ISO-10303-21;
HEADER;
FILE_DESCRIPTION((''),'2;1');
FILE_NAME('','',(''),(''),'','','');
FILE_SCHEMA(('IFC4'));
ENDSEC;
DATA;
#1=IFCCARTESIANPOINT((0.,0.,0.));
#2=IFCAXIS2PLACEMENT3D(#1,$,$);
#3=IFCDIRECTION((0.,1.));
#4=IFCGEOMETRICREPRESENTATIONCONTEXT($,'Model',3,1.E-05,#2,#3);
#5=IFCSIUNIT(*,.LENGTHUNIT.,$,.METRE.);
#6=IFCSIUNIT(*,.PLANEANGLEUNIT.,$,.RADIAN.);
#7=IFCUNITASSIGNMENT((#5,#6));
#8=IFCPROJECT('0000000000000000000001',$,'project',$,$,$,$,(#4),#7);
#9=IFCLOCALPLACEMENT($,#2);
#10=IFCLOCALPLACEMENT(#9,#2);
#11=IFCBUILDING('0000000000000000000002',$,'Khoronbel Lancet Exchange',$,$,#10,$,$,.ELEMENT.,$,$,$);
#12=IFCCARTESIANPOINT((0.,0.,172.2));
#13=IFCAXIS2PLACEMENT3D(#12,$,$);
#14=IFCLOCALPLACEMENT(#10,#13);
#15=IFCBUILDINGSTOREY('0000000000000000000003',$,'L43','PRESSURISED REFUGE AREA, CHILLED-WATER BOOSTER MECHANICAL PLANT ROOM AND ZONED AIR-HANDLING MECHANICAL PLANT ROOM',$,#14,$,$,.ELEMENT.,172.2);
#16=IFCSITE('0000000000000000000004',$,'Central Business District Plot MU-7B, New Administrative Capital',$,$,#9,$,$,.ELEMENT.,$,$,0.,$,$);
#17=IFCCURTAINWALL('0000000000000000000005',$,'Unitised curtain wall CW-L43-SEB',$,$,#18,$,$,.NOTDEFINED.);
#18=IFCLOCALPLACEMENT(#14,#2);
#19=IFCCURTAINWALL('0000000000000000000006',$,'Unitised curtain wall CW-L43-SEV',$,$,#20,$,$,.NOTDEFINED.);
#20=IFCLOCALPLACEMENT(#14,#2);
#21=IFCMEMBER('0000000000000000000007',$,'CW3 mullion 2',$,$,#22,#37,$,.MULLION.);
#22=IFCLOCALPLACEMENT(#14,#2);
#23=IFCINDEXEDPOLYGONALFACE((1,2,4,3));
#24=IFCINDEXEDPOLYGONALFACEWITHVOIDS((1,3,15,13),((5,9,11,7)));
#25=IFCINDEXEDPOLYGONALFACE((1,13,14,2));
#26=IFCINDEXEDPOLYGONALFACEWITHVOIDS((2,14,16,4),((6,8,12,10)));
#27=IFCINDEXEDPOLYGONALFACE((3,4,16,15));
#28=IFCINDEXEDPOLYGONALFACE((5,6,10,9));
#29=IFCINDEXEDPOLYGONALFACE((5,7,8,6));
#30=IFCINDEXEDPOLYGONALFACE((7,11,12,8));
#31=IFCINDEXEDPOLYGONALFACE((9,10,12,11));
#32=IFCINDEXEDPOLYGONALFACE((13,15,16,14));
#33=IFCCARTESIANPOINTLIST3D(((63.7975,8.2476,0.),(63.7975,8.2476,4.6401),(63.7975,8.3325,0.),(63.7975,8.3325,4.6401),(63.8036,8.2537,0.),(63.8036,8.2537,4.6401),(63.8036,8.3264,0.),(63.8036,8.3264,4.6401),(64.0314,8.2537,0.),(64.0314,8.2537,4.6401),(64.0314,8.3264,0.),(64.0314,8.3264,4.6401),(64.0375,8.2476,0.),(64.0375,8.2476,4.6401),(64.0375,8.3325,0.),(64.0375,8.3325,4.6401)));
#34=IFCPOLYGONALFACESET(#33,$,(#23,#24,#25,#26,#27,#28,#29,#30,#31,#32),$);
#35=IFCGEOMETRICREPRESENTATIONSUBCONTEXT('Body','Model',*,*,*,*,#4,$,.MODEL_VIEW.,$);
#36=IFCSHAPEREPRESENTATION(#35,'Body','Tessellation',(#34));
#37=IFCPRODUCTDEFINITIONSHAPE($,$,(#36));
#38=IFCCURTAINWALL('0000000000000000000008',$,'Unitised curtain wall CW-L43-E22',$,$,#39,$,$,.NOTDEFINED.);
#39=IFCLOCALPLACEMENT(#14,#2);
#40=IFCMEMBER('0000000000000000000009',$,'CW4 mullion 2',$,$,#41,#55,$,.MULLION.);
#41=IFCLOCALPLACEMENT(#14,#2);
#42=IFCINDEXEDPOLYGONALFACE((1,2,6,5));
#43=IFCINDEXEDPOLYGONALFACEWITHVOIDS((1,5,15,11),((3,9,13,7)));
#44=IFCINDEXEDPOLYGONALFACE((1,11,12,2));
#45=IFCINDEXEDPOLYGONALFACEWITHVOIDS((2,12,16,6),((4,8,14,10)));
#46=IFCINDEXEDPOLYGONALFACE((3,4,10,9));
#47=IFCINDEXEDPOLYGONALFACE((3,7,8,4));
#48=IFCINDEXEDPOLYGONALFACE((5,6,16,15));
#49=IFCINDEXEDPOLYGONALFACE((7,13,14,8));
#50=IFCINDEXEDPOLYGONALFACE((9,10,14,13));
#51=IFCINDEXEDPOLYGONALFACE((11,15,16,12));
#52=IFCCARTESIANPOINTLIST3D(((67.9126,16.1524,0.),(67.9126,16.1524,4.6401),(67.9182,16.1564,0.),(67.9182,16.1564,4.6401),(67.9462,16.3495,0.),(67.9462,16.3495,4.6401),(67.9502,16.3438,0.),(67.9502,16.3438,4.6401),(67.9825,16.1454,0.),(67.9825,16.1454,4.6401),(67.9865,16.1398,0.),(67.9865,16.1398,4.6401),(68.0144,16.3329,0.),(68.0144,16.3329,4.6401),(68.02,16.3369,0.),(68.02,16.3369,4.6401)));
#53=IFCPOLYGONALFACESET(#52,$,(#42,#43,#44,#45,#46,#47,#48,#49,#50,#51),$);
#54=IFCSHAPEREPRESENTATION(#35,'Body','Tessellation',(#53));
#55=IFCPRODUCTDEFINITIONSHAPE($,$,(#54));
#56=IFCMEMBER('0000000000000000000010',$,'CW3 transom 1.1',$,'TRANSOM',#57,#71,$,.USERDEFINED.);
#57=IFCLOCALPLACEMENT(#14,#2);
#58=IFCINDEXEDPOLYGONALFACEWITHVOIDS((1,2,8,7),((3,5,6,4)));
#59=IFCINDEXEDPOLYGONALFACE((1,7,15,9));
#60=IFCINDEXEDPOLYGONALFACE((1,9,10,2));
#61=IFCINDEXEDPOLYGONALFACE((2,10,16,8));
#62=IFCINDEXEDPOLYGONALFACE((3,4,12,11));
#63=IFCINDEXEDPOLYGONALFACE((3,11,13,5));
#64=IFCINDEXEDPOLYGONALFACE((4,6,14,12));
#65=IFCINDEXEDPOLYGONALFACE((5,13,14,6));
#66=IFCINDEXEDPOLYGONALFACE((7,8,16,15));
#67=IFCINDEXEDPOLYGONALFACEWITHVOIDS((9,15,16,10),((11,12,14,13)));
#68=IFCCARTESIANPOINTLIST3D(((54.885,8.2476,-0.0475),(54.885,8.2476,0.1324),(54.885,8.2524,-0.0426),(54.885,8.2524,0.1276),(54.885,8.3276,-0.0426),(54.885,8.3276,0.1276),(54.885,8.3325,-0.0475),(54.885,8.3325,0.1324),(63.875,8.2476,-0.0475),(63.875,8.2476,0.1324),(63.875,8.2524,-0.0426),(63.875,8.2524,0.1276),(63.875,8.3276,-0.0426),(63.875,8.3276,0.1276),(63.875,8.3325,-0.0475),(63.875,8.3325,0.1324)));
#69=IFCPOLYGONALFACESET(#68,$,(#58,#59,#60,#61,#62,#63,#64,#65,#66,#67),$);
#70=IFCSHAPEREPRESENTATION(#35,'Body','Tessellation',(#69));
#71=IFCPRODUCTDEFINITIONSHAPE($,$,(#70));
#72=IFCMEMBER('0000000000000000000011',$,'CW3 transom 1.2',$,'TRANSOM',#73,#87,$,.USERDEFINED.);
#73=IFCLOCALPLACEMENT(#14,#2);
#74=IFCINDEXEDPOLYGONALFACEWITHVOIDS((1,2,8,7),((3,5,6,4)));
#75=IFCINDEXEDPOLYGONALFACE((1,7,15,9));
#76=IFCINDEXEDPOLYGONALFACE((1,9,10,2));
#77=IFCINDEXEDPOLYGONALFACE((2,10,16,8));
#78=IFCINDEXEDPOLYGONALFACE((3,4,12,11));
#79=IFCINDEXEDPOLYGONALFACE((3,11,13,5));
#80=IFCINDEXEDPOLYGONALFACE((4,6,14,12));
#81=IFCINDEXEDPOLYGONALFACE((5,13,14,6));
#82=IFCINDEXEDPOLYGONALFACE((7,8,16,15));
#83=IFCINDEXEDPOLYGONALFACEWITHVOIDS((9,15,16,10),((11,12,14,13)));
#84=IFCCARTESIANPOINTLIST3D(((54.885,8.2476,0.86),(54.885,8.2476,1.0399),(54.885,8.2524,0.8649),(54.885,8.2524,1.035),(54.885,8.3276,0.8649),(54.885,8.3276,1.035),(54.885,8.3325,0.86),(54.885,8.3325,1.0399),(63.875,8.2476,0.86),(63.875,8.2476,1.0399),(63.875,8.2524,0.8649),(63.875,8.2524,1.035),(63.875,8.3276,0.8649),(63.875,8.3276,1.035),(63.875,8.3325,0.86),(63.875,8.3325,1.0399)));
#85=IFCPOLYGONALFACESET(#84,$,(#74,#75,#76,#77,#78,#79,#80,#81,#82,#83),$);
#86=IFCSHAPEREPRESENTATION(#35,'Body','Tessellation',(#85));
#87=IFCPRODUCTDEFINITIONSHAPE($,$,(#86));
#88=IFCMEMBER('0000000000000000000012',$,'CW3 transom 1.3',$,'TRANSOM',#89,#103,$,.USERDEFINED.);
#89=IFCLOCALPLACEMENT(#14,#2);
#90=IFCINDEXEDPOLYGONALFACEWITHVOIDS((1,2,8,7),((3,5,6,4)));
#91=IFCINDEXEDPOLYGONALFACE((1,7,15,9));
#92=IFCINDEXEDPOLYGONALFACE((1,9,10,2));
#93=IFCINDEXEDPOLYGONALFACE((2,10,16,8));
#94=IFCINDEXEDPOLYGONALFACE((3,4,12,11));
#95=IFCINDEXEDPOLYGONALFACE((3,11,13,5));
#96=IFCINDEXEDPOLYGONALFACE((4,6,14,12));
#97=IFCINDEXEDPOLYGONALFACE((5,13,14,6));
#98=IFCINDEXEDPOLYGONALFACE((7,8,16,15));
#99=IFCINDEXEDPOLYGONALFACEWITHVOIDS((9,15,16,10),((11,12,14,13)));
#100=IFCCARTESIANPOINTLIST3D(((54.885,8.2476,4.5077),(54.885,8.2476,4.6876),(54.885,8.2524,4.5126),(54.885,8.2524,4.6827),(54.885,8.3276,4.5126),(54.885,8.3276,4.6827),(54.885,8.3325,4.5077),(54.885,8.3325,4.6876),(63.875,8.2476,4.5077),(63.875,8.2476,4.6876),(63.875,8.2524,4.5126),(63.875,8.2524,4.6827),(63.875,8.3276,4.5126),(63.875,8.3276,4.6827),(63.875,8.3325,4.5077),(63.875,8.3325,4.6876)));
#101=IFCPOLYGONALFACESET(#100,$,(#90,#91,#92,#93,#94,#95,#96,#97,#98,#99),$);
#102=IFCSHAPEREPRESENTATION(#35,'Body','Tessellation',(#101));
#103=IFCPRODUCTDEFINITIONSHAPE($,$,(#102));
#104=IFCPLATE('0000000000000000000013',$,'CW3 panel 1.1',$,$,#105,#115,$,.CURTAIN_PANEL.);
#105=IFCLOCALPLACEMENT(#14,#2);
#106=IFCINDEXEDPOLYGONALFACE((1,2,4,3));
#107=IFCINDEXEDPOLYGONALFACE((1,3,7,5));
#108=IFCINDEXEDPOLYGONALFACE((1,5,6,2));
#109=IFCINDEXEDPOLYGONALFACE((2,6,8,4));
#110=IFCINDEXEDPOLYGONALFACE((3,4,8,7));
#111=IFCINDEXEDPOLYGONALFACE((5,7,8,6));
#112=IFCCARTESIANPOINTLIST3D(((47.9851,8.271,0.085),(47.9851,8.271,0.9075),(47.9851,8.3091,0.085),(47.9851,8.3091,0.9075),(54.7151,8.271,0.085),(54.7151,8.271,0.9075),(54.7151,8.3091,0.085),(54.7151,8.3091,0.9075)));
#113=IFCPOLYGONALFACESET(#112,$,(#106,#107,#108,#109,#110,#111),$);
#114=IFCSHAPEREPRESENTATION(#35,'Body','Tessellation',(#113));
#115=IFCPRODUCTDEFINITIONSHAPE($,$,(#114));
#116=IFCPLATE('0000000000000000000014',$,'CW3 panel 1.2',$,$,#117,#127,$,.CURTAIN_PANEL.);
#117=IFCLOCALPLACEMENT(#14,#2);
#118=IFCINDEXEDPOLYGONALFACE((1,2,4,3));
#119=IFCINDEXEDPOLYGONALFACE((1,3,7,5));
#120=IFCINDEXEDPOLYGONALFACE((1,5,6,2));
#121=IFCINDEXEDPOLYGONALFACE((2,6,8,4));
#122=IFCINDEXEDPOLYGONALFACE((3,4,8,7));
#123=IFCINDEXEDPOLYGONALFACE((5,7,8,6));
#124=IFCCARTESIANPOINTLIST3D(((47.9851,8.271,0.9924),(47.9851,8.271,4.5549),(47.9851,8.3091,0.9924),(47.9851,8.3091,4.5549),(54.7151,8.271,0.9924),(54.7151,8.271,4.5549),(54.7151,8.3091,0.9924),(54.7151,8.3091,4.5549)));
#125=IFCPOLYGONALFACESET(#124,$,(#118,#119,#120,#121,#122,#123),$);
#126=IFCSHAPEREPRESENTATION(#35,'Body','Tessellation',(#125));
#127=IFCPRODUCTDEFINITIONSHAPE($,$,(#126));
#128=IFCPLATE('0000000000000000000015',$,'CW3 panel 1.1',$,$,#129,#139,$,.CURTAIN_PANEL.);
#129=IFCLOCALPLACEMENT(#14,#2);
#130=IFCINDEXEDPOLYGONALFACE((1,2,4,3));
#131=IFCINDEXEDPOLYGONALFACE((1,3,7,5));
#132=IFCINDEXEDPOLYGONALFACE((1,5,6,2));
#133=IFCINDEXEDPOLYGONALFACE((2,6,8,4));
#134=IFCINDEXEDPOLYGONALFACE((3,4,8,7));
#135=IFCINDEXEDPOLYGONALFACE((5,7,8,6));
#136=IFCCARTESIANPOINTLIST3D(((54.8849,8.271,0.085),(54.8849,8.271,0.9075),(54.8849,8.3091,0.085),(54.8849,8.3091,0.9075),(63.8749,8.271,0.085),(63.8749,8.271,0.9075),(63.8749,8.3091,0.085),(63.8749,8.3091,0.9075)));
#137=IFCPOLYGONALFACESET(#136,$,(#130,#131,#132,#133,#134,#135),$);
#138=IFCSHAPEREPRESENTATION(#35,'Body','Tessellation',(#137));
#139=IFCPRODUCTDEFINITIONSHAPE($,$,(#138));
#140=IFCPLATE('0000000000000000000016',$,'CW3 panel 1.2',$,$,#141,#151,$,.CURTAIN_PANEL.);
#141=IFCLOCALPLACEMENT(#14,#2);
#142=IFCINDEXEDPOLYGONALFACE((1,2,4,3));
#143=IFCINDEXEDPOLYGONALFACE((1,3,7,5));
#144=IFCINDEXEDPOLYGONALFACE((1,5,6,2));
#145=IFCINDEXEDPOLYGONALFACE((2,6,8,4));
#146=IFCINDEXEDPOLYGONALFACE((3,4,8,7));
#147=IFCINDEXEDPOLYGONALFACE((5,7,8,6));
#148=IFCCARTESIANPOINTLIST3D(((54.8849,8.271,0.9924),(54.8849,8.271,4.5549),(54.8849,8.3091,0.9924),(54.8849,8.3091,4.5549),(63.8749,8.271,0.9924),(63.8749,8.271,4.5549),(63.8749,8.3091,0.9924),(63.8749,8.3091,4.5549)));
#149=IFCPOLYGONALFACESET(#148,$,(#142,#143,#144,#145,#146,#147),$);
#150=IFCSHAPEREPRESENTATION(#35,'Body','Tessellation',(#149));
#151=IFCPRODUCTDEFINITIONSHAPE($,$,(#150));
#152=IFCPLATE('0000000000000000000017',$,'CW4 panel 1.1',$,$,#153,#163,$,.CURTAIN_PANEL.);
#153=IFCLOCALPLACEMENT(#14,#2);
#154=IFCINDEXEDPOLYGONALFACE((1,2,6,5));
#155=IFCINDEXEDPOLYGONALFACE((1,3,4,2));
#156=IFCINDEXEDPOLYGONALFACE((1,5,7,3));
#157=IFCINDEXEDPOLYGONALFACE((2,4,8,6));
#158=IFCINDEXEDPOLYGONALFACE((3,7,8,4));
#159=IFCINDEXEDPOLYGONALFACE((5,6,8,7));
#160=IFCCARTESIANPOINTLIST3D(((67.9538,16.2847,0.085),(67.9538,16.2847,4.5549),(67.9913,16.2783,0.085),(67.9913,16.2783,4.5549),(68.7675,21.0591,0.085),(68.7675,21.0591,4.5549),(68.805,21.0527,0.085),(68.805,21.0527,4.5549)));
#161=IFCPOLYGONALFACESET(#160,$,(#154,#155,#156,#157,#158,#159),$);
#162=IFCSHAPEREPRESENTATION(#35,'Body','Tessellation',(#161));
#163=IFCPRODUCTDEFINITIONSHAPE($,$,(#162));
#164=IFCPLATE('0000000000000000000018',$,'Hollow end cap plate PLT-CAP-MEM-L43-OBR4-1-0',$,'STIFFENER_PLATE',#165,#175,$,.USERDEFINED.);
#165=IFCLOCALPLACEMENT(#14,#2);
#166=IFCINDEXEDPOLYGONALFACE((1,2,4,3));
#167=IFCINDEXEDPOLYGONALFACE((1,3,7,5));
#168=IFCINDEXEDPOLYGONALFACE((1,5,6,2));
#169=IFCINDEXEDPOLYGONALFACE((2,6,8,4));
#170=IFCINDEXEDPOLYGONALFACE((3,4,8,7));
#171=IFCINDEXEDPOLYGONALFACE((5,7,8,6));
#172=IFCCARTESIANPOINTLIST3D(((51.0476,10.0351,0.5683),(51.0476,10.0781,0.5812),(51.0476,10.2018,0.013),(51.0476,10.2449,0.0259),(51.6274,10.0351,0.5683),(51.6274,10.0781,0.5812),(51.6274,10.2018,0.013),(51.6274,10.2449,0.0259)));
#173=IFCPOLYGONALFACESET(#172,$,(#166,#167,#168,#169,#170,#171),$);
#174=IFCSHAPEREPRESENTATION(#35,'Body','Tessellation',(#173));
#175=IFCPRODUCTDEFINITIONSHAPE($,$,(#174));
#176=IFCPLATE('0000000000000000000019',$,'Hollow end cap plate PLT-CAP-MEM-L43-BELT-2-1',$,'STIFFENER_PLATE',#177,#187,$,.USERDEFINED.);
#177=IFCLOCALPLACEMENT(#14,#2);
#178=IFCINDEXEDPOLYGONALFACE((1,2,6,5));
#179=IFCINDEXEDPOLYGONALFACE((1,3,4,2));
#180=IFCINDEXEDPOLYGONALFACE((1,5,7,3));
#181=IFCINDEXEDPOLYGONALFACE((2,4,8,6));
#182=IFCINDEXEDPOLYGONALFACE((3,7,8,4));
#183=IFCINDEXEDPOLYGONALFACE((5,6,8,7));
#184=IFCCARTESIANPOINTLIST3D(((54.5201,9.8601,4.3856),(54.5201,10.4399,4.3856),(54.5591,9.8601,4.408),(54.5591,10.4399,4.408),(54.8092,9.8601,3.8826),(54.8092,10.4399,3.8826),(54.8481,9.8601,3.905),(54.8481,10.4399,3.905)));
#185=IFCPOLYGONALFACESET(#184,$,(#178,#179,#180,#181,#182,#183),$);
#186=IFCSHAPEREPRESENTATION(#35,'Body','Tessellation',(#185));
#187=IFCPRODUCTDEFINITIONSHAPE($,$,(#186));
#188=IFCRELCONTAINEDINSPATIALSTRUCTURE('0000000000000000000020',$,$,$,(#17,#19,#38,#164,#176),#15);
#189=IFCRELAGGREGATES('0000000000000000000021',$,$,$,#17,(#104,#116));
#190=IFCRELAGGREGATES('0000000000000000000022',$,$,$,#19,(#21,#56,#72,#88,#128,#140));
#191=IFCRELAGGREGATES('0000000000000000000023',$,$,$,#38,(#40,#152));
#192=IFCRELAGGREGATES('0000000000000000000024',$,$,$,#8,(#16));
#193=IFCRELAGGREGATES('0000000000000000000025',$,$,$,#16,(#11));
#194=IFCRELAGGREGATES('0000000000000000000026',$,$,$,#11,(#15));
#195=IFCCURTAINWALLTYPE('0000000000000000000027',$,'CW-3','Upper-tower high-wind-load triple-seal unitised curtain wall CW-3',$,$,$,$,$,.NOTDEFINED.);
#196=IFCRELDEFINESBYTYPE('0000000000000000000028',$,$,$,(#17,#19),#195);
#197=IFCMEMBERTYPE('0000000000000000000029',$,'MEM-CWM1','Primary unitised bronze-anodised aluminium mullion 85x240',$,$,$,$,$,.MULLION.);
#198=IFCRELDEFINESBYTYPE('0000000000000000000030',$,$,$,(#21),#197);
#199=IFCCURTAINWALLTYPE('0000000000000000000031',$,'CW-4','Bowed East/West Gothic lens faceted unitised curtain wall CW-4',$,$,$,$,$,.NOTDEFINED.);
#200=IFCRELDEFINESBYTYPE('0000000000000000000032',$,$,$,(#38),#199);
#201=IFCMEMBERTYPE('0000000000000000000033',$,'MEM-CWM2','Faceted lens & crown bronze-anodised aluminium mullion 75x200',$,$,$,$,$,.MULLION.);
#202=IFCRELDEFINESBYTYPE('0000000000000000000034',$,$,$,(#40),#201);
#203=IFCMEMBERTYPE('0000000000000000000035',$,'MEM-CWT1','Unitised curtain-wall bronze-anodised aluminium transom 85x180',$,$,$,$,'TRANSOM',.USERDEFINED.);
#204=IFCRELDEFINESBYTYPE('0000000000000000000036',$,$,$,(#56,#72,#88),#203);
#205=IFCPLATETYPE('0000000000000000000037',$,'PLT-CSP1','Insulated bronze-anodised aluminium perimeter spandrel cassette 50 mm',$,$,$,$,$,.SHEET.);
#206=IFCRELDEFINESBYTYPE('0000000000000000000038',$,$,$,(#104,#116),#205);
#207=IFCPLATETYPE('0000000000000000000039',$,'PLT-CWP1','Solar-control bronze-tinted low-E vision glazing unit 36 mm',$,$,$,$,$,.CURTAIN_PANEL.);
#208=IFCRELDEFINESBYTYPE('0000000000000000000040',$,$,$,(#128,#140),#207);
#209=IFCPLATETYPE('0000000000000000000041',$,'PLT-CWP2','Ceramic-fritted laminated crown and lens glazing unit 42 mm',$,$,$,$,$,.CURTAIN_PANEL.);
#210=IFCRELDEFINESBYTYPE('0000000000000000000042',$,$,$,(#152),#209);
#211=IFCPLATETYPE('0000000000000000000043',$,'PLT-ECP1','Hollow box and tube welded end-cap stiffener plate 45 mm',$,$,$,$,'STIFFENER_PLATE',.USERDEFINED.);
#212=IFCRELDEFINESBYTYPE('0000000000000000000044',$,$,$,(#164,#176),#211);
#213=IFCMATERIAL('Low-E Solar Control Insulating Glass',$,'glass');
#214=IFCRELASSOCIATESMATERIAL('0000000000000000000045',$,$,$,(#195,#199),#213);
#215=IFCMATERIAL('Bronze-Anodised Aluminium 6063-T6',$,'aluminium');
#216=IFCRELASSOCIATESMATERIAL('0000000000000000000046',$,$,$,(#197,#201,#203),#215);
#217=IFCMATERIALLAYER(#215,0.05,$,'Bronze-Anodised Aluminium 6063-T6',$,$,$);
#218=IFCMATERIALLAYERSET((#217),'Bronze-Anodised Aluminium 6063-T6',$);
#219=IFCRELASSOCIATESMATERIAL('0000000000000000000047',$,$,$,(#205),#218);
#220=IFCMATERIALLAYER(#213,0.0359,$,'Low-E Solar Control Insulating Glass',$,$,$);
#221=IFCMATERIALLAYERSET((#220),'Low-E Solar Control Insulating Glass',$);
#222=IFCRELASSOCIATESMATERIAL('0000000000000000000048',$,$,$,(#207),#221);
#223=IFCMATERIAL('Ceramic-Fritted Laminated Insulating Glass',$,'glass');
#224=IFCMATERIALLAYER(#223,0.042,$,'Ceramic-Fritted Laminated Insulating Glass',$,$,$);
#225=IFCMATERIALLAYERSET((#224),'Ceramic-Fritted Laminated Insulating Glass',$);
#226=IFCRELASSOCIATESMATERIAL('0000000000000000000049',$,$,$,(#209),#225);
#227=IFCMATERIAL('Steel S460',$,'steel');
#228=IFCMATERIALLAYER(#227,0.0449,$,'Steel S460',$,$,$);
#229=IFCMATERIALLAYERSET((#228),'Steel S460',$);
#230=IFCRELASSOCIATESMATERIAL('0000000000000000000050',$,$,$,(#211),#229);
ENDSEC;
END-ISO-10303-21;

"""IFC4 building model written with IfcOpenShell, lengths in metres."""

from ifc_helpers import new_model, si_unit, direction, frame, origin, origin_2d, place, context, subcontext, project, spatial, polyline, rectangle, hollow_rectangle, outline, extrude, material, layer, layer_set, material_profile, profile_set, type_object, element, aggregate, save


model = new_model("IFC4")

# Units and contexts
model_context = context("Model", 3, precision=1e-05, world=origin(), true_north=direction((0.0, 1.0)))
body_context = subcontext(model_context, "Body", "Model", "MODEL_VIEW")
ifc_project = project(units=[si_unit("LENGTHUNIT", "METRE"), si_unit("PLANEANGLEUNIT", "RADIAN")], contexts=[model_context])

# Site, building, storey
site_placement = place(None, origin())
site = spatial("IfcSite", under=ifc_project, at=site_placement, Name="Central Business District Plot MU-7B, New Administrative Capital", CompositionType="ELEMENT", RefElevation=0.0)
building_placement = place(site_placement, origin())
building = spatial("IfcBuilding", under=site, at=building_placement, Name="Khoronbel Lancet Exchange", CompositionType="ELEMENT")
storey_placement = place(building_placement, frame((0.0, 0.0, 172.2)))
storey = spatial("IfcBuildingStorey", under=building, at=storey_placement, Name="L43", Description="PRESSURISED REFUGE AREA, CHILLED-WATER BOOSTER MECHANICAL PLANT ROOM AND ZONED AIR-HANDLING MECHANICAL PLANT ROOM", CompositionType="ELEMENT", Elevation=172.2)

# Shared definitions
ifc_material_1 = material(Name="Steel S460", Category="steel")

# Curtain wall
ifc_material_2 = material(Name="Low-E Solar Control Insulating Glass", Category="glass")
curtain_wall_type_1 = type_object("IfcCurtainWallType", Name="CW-3", Description="Upper-tower high-wind-load triple-seal unitised curtain wall CW-3", PredefinedType="NOTDEFINED", material=ifc_material_2)
curtain_wall_1_placement = place(storey_placement, origin())
curtain_wall_1 = element("IfcCurtainWall", 1, at=curtain_wall_1_placement, inside=storey, type_object=curtain_wall_type_1, Name="Unitised curtain wall CW-L43-SEB", PredefinedType="NOTDEFINED")
ifc_material_3 = material(Name="Bronze-Anodised Aluminium 6063-T6", Category="aluminium")
ifc_material_profile_1 = material_profile(ifc_material_3, hollow_rectangle(XDim=0.085, YDim=0.24, WallThickness=0.0061, at=origin_2d()), Name="ALU MULLION 85x240")
ifc_profile_set_1 = profile_set([ifc_material_profile_1], Name="Bronze-Anodised Aluminium 6063-T6")
member_type_1 = type_object("IfcMemberType", Name="MEM-CWM1", Description="Primary unitised bronze-anodised aluminium mullion 85x240", PredefinedType="MULLION", material=ifc_profile_set_1)

# Curtain wall, member
curtain_wall_2_placement = place(storey_placement, origin())
curtain_wall_2 = element("IfcCurtainWall", 2, at=curtain_wall_2_placement, inside=storey, type_object=curtain_wall_type_1, Name="Unitised curtain wall CW-L43-SEV", PredefinedType="NOTDEFINED")
member_1_placement = place(storey_placement, frame((63.9175, 8.29, 0.0), z_axis=(0.0, 0.0, 1.0), x_axis=(0.0, 1.0, 0.0)))
member_1 = element("IfcMember", 3, at=member_1_placement, type_object=member_type_1, Name="CW3 mullion 2", PredefinedType="MULLION", context=body_context, shape_type="SweptSolid", body=[
    extrude(hollow_rectangle(XDim=0.085, YDim=0.24, WallThickness=0.0061, at=origin_2d()), origin(), (0.0, 0.0, 1.0), 4.6401),
])

# Curtain wall, member
curtain_wall_type_2 = type_object("IfcCurtainWallType", Name="CW-4", Description="Bowed East/West Gothic lens faceted unitised curtain wall CW-4", PredefinedType="NOTDEFINED", material=ifc_material_2)
curtain_wall_3_placement = place(storey_placement, origin())
curtain_wall_3 = element("IfcCurtainWall", 4, at=curtain_wall_3_placement, inside=storey, type_object=curtain_wall_type_2, Name="Unitised curtain wall CW-L43-E22", PredefinedType="NOTDEFINED")
ifc_material_profile_2 = material_profile(ifc_material_3, hollow_rectangle(XDim=0.075, YDim=0.2, WallThickness=0.0049, at=origin_2d()), Name="ALU MULLION 75x200")
ifc_profile_set_2 = profile_set([ifc_material_profile_2], Name="Bronze-Anodised Aluminium 6063-T6")
member_type_2 = type_object("IfcMemberType", Name="MEM-CWM2", Description="Faceted lens & crown bronze-anodised aluminium mullion 75x200", PredefinedType="MULLION", material=ifc_profile_set_2)
member_2_placement = place(storey_placement, frame((67.9663, 16.2446, 0.0), z_axis=(0.0, 0.0, 1.0), x_axis=(0.985785, -0.168009, 0.0)))
member_2 = element("IfcMember", 5, at=member_2_placement, type_object=member_type_2, Name="CW4 mullion 2", PredefinedType="MULLION", context=body_context, shape_type="SweptSolid", body=[
    extrude(hollow_rectangle(XDim=0.075, YDim=0.2, WallThickness=0.0049, at=origin_2d()), origin(), (0.0, 0.0, 1.0), 4.6401),
])

# Members
ifc_material_profile_3 = material_profile(ifc_material_3, hollow_rectangle(XDim=0.085, YDim=0.1799, WallThickness=0.0049, at=origin_2d()), Name="ALU TRANSOM 85x180")
ifc_profile_set_3 = profile_set([ifc_material_profile_3], Name="Bronze-Anodised Aluminium 6063-T6")
member_type_3 = type_object("IfcMemberType", Name="MEM-CWT1", Description="Unitised curtain-wall bronze-anodised aluminium transom 85x180", ElementType="TRANSOM", PredefinedType="USERDEFINED", material=ifc_profile_set_3)
member_3_placement = place(storey_placement, frame((54.885, 8.29, 0.0425), z_axis=(1.0, 0.0, 0.0), x_axis=(0.0, 1.0, 0.0)))
member_3 = element("IfcMember", 6, at=member_3_placement, type_object=member_type_3, Name="CW3 transom 1.1", ObjectType="TRANSOM", PredefinedType="USERDEFINED", context=body_context, shape_type="SweptSolid", body=[
    extrude(hollow_rectangle(XDim=0.085, YDim=0.1799, WallThickness=0.0049, at=origin_2d()), origin(), (0.0, 0.0, 1.0), 8.99),
])
member_4_placement = place(storey_placement, frame((54.885, 8.29, 0.95), z_axis=(1.0, 0.0, 0.0), x_axis=(0.0, 1.0, 0.0)))
member_4 = element("IfcMember", 7, at=member_4_placement, type_object=member_type_3, Name="CW3 transom 1.2", ObjectType="TRANSOM", PredefinedType="USERDEFINED", context=body_context, shape_type="SweptSolid", body=[
    extrude(hollow_rectangle(XDim=0.085, YDim=0.1799, WallThickness=0.0049, at=origin_2d()), origin(), (0.0, 0.0, 1.0), 8.99),
])
member_5_placement = place(storey_placement, frame((54.885, 8.29, 4.5977), z_axis=(1.0, 0.0, 0.0), x_axis=(0.0, 1.0, 0.0)))
member_5 = element("IfcMember", 8, at=member_5_placement, type_object=member_type_3, Name="CW3 transom 1.3", ObjectType="TRANSOM", PredefinedType="USERDEFINED", context=body_context, shape_type="SweptSolid", body=[
    extrude(hollow_rectangle(XDim=0.085, YDim=0.1799, WallThickness=0.0049, at=origin_2d()), origin(), (0.0, 0.0, 1.0), 8.99),
])

# Plates
ifc_layer_1 = layer(ifc_material_3, 0.05, Name="Bronze-Anodised Aluminium 6063-T6")
ifc_layer_set_1 = layer_set([ifc_layer_1], Name="Bronze-Anodised Aluminium 6063-T6")
plate_type_1 = type_object("IfcPlateType", Name="PLT-CSP1", Description="Insulated bronze-anodised aluminium perimeter spandrel cassette 50 mm", PredefinedType="SHEET", material=ifc_layer_set_1)
plate_1_placement = place(storey_placement, frame((51.3501, 8.29, 0.085), z_axis=(0.0, 0.0, 1.0), x_axis=(1.0, 0.0, 0.0)))
plate_1 = element("IfcPlate", 9, at=plate_1_placement, type_object=plate_type_1, Name="CW3 panel 1.1", PredefinedType="CURTAIN_PANEL", context=body_context, shape_type="SweptSolid", body=[
    extrude(rectangle(XDim=6.73, YDim=0.0381, at=origin_2d()), origin(), (0.0, 0.0, 1.0), 0.8225),
])
plate_2_placement = place(storey_placement, frame((51.3501, 8.29, 0.9924), z_axis=(0.0, 0.0, 1.0), x_axis=(1.0, 0.0, 0.0)))
plate_2 = element("IfcPlate", 10, at=plate_2_placement, type_object=plate_type_1, Name="CW3 panel 1.2", PredefinedType="CURTAIN_PANEL", context=body_context, shape_type="SweptSolid", body=[
    extrude(rectangle(XDim=6.73, YDim=0.0381, at=origin_2d()), origin(), (0.0, 0.0, 1.0), 3.5625),
])
aggregate(curtain_wall_1, [plate_1, plate_2])
ifc_layer_2 = layer(ifc_material_2, 0.0359, Name="Low-E Solar Control Insulating Glass")
ifc_layer_set_2 = layer_set([ifc_layer_2], Name="Low-E Solar Control Insulating Glass")
plate_type_2 = type_object("IfcPlateType", Name="PLT-CWP1", Description="Solar-control bronze-tinted low-E vision glazing unit 36 mm", PredefinedType="CURTAIN_PANEL", material=ifc_layer_set_2)
plate_3_placement = place(storey_placement, frame((59.3799, 8.29, 0.085), z_axis=(0.0, 0.0, 1.0), x_axis=(1.0, 0.0, 0.0)))
plate_3 = element("IfcPlate", 11, at=plate_3_placement, type_object=plate_type_2, Name="CW3 panel 1.1", PredefinedType="CURTAIN_PANEL", context=body_context, shape_type="SweptSolid", body=[
    extrude(rectangle(XDim=8.99, YDim=0.0381, at=origin_2d()), origin(), (0.0, 0.0, 1.0), 0.8225),
])
plate_4_placement = place(storey_placement, frame((59.3799, 8.29, 0.9924), z_axis=(0.0, 0.0, 1.0), x_axis=(1.0, 0.0, 0.0)))
plate_4 = element("IfcPlate", 12, at=plate_4_placement, type_object=plate_type_2, Name="CW3 panel 1.2", PredefinedType="CURTAIN_PANEL", context=body_context, shape_type="SweptSolid", body=[
    extrude(rectangle(XDim=8.99, YDim=0.0381, at=origin_2d()), origin(), (0.0, 0.0, 1.0), 3.5625),
])
aggregate(curtain_wall_2, [member_1, member_3, member_4, member_5, plate_3, plate_4])
ifc_material_4 = material(Name="Ceramic-Fritted Laminated Insulating Glass", Category="glass")
ifc_layer_3 = layer(ifc_material_4, 0.042, Name="Ceramic-Fritted Laminated Insulating Glass")
ifc_layer_set_3 = layer_set([ifc_layer_3], Name="Ceramic-Fritted Laminated Insulating Glass")
plate_type_3 = type_object("IfcPlateType", Name="PLT-CWP2", Description="Ceramic-fritted laminated crown and lens glazing unit 42 mm", PredefinedType="CURTAIN_PANEL", material=ifc_layer_set_3)
plate_5_placement = place(storey_placement, frame((68.3794, 18.6687, 0.085), z_axis=(0.0, 0.0, 1.0), x_axis=(-0.168009, -0.985785, 0.0)))
plate_5 = element("IfcPlate", 13, at=plate_5_placement, type_object=plate_type_3, Name="CW4 panel 1.1", PredefinedType="CURTAIN_PANEL", context=body_context, shape_type="SweptSolid", body=[
    extrude(rectangle(XDim=4.8433, YDim=0.0381, at=origin_2d()), origin(), (0.0, 0.0, 1.0), 4.47),
])
aggregate(curtain_wall_3, [member_2, plate_5])

# Plates
ifc_layer_4 = layer(ifc_material_1, 0.0449, Name="Steel S460")
ifc_layer_set_4 = layer_set([ifc_layer_4], Name="Steel S460")
plate_type_4 = type_object("IfcPlateType", Name="PLT-ECP1", Description="Hollow box and tube welded end-cap stiffener plate 45 mm", ElementType="STIFFENER_PLATE", PredefinedType="USERDEFINED", material=ifc_layer_set_4)
plate_6_placement = place(storey_placement, frame((51.6274, 10.2449, 0.0259), z_axis=(0.0, 0.957768, 0.287541), x_axis=(-1.0, 0.0, 0.0)))
element("IfcPlate", 14, at=plate_6_placement, inside=storey, type_object=plate_type_4, Name="Hollow end cap plate PLT-CAP-MEM-L43-OBR4-1-0", ObjectType="STIFFENER_PLATE", PredefinedType="USERDEFINED", context=body_context, shape_type="SweptSolid", body=[
    extrude(outline(polyline([(0.0, 0.0), (0.5798, 0.0), (0.5798, 0.5798), (0.0, 0.5798), (0.0, 0.0)])), origin(), (0.0, 0.0, -1.0), 0.0449),
])
plate_7_placement = place(storey_placement, frame((54.8481, 9.8601, 3.905), z_axis=(0.866997, 0.0, 0.498313), x_axis=(0.0, 1.0, 0.0)))
element("IfcPlate", 15, at=plate_7_placement, inside=storey, type_object=plate_type_4, Name="Hollow end cap plate PLT-CAP-MEM-L43-BELT-2-1", ObjectType="STIFFENER_PLATE", PredefinedType="USERDEFINED", context=body_context, shape_type="SweptSolid", body=[
    extrude(outline(polyline([(0.0, 0.0), (0.5798, 0.0), (0.5798, 0.5801), (0.0, 0.5801), (0.0, 0.0)])), origin(), (0.0, 0.0, -1.0), 0.0449),
])

save(model, "model.ifc")
